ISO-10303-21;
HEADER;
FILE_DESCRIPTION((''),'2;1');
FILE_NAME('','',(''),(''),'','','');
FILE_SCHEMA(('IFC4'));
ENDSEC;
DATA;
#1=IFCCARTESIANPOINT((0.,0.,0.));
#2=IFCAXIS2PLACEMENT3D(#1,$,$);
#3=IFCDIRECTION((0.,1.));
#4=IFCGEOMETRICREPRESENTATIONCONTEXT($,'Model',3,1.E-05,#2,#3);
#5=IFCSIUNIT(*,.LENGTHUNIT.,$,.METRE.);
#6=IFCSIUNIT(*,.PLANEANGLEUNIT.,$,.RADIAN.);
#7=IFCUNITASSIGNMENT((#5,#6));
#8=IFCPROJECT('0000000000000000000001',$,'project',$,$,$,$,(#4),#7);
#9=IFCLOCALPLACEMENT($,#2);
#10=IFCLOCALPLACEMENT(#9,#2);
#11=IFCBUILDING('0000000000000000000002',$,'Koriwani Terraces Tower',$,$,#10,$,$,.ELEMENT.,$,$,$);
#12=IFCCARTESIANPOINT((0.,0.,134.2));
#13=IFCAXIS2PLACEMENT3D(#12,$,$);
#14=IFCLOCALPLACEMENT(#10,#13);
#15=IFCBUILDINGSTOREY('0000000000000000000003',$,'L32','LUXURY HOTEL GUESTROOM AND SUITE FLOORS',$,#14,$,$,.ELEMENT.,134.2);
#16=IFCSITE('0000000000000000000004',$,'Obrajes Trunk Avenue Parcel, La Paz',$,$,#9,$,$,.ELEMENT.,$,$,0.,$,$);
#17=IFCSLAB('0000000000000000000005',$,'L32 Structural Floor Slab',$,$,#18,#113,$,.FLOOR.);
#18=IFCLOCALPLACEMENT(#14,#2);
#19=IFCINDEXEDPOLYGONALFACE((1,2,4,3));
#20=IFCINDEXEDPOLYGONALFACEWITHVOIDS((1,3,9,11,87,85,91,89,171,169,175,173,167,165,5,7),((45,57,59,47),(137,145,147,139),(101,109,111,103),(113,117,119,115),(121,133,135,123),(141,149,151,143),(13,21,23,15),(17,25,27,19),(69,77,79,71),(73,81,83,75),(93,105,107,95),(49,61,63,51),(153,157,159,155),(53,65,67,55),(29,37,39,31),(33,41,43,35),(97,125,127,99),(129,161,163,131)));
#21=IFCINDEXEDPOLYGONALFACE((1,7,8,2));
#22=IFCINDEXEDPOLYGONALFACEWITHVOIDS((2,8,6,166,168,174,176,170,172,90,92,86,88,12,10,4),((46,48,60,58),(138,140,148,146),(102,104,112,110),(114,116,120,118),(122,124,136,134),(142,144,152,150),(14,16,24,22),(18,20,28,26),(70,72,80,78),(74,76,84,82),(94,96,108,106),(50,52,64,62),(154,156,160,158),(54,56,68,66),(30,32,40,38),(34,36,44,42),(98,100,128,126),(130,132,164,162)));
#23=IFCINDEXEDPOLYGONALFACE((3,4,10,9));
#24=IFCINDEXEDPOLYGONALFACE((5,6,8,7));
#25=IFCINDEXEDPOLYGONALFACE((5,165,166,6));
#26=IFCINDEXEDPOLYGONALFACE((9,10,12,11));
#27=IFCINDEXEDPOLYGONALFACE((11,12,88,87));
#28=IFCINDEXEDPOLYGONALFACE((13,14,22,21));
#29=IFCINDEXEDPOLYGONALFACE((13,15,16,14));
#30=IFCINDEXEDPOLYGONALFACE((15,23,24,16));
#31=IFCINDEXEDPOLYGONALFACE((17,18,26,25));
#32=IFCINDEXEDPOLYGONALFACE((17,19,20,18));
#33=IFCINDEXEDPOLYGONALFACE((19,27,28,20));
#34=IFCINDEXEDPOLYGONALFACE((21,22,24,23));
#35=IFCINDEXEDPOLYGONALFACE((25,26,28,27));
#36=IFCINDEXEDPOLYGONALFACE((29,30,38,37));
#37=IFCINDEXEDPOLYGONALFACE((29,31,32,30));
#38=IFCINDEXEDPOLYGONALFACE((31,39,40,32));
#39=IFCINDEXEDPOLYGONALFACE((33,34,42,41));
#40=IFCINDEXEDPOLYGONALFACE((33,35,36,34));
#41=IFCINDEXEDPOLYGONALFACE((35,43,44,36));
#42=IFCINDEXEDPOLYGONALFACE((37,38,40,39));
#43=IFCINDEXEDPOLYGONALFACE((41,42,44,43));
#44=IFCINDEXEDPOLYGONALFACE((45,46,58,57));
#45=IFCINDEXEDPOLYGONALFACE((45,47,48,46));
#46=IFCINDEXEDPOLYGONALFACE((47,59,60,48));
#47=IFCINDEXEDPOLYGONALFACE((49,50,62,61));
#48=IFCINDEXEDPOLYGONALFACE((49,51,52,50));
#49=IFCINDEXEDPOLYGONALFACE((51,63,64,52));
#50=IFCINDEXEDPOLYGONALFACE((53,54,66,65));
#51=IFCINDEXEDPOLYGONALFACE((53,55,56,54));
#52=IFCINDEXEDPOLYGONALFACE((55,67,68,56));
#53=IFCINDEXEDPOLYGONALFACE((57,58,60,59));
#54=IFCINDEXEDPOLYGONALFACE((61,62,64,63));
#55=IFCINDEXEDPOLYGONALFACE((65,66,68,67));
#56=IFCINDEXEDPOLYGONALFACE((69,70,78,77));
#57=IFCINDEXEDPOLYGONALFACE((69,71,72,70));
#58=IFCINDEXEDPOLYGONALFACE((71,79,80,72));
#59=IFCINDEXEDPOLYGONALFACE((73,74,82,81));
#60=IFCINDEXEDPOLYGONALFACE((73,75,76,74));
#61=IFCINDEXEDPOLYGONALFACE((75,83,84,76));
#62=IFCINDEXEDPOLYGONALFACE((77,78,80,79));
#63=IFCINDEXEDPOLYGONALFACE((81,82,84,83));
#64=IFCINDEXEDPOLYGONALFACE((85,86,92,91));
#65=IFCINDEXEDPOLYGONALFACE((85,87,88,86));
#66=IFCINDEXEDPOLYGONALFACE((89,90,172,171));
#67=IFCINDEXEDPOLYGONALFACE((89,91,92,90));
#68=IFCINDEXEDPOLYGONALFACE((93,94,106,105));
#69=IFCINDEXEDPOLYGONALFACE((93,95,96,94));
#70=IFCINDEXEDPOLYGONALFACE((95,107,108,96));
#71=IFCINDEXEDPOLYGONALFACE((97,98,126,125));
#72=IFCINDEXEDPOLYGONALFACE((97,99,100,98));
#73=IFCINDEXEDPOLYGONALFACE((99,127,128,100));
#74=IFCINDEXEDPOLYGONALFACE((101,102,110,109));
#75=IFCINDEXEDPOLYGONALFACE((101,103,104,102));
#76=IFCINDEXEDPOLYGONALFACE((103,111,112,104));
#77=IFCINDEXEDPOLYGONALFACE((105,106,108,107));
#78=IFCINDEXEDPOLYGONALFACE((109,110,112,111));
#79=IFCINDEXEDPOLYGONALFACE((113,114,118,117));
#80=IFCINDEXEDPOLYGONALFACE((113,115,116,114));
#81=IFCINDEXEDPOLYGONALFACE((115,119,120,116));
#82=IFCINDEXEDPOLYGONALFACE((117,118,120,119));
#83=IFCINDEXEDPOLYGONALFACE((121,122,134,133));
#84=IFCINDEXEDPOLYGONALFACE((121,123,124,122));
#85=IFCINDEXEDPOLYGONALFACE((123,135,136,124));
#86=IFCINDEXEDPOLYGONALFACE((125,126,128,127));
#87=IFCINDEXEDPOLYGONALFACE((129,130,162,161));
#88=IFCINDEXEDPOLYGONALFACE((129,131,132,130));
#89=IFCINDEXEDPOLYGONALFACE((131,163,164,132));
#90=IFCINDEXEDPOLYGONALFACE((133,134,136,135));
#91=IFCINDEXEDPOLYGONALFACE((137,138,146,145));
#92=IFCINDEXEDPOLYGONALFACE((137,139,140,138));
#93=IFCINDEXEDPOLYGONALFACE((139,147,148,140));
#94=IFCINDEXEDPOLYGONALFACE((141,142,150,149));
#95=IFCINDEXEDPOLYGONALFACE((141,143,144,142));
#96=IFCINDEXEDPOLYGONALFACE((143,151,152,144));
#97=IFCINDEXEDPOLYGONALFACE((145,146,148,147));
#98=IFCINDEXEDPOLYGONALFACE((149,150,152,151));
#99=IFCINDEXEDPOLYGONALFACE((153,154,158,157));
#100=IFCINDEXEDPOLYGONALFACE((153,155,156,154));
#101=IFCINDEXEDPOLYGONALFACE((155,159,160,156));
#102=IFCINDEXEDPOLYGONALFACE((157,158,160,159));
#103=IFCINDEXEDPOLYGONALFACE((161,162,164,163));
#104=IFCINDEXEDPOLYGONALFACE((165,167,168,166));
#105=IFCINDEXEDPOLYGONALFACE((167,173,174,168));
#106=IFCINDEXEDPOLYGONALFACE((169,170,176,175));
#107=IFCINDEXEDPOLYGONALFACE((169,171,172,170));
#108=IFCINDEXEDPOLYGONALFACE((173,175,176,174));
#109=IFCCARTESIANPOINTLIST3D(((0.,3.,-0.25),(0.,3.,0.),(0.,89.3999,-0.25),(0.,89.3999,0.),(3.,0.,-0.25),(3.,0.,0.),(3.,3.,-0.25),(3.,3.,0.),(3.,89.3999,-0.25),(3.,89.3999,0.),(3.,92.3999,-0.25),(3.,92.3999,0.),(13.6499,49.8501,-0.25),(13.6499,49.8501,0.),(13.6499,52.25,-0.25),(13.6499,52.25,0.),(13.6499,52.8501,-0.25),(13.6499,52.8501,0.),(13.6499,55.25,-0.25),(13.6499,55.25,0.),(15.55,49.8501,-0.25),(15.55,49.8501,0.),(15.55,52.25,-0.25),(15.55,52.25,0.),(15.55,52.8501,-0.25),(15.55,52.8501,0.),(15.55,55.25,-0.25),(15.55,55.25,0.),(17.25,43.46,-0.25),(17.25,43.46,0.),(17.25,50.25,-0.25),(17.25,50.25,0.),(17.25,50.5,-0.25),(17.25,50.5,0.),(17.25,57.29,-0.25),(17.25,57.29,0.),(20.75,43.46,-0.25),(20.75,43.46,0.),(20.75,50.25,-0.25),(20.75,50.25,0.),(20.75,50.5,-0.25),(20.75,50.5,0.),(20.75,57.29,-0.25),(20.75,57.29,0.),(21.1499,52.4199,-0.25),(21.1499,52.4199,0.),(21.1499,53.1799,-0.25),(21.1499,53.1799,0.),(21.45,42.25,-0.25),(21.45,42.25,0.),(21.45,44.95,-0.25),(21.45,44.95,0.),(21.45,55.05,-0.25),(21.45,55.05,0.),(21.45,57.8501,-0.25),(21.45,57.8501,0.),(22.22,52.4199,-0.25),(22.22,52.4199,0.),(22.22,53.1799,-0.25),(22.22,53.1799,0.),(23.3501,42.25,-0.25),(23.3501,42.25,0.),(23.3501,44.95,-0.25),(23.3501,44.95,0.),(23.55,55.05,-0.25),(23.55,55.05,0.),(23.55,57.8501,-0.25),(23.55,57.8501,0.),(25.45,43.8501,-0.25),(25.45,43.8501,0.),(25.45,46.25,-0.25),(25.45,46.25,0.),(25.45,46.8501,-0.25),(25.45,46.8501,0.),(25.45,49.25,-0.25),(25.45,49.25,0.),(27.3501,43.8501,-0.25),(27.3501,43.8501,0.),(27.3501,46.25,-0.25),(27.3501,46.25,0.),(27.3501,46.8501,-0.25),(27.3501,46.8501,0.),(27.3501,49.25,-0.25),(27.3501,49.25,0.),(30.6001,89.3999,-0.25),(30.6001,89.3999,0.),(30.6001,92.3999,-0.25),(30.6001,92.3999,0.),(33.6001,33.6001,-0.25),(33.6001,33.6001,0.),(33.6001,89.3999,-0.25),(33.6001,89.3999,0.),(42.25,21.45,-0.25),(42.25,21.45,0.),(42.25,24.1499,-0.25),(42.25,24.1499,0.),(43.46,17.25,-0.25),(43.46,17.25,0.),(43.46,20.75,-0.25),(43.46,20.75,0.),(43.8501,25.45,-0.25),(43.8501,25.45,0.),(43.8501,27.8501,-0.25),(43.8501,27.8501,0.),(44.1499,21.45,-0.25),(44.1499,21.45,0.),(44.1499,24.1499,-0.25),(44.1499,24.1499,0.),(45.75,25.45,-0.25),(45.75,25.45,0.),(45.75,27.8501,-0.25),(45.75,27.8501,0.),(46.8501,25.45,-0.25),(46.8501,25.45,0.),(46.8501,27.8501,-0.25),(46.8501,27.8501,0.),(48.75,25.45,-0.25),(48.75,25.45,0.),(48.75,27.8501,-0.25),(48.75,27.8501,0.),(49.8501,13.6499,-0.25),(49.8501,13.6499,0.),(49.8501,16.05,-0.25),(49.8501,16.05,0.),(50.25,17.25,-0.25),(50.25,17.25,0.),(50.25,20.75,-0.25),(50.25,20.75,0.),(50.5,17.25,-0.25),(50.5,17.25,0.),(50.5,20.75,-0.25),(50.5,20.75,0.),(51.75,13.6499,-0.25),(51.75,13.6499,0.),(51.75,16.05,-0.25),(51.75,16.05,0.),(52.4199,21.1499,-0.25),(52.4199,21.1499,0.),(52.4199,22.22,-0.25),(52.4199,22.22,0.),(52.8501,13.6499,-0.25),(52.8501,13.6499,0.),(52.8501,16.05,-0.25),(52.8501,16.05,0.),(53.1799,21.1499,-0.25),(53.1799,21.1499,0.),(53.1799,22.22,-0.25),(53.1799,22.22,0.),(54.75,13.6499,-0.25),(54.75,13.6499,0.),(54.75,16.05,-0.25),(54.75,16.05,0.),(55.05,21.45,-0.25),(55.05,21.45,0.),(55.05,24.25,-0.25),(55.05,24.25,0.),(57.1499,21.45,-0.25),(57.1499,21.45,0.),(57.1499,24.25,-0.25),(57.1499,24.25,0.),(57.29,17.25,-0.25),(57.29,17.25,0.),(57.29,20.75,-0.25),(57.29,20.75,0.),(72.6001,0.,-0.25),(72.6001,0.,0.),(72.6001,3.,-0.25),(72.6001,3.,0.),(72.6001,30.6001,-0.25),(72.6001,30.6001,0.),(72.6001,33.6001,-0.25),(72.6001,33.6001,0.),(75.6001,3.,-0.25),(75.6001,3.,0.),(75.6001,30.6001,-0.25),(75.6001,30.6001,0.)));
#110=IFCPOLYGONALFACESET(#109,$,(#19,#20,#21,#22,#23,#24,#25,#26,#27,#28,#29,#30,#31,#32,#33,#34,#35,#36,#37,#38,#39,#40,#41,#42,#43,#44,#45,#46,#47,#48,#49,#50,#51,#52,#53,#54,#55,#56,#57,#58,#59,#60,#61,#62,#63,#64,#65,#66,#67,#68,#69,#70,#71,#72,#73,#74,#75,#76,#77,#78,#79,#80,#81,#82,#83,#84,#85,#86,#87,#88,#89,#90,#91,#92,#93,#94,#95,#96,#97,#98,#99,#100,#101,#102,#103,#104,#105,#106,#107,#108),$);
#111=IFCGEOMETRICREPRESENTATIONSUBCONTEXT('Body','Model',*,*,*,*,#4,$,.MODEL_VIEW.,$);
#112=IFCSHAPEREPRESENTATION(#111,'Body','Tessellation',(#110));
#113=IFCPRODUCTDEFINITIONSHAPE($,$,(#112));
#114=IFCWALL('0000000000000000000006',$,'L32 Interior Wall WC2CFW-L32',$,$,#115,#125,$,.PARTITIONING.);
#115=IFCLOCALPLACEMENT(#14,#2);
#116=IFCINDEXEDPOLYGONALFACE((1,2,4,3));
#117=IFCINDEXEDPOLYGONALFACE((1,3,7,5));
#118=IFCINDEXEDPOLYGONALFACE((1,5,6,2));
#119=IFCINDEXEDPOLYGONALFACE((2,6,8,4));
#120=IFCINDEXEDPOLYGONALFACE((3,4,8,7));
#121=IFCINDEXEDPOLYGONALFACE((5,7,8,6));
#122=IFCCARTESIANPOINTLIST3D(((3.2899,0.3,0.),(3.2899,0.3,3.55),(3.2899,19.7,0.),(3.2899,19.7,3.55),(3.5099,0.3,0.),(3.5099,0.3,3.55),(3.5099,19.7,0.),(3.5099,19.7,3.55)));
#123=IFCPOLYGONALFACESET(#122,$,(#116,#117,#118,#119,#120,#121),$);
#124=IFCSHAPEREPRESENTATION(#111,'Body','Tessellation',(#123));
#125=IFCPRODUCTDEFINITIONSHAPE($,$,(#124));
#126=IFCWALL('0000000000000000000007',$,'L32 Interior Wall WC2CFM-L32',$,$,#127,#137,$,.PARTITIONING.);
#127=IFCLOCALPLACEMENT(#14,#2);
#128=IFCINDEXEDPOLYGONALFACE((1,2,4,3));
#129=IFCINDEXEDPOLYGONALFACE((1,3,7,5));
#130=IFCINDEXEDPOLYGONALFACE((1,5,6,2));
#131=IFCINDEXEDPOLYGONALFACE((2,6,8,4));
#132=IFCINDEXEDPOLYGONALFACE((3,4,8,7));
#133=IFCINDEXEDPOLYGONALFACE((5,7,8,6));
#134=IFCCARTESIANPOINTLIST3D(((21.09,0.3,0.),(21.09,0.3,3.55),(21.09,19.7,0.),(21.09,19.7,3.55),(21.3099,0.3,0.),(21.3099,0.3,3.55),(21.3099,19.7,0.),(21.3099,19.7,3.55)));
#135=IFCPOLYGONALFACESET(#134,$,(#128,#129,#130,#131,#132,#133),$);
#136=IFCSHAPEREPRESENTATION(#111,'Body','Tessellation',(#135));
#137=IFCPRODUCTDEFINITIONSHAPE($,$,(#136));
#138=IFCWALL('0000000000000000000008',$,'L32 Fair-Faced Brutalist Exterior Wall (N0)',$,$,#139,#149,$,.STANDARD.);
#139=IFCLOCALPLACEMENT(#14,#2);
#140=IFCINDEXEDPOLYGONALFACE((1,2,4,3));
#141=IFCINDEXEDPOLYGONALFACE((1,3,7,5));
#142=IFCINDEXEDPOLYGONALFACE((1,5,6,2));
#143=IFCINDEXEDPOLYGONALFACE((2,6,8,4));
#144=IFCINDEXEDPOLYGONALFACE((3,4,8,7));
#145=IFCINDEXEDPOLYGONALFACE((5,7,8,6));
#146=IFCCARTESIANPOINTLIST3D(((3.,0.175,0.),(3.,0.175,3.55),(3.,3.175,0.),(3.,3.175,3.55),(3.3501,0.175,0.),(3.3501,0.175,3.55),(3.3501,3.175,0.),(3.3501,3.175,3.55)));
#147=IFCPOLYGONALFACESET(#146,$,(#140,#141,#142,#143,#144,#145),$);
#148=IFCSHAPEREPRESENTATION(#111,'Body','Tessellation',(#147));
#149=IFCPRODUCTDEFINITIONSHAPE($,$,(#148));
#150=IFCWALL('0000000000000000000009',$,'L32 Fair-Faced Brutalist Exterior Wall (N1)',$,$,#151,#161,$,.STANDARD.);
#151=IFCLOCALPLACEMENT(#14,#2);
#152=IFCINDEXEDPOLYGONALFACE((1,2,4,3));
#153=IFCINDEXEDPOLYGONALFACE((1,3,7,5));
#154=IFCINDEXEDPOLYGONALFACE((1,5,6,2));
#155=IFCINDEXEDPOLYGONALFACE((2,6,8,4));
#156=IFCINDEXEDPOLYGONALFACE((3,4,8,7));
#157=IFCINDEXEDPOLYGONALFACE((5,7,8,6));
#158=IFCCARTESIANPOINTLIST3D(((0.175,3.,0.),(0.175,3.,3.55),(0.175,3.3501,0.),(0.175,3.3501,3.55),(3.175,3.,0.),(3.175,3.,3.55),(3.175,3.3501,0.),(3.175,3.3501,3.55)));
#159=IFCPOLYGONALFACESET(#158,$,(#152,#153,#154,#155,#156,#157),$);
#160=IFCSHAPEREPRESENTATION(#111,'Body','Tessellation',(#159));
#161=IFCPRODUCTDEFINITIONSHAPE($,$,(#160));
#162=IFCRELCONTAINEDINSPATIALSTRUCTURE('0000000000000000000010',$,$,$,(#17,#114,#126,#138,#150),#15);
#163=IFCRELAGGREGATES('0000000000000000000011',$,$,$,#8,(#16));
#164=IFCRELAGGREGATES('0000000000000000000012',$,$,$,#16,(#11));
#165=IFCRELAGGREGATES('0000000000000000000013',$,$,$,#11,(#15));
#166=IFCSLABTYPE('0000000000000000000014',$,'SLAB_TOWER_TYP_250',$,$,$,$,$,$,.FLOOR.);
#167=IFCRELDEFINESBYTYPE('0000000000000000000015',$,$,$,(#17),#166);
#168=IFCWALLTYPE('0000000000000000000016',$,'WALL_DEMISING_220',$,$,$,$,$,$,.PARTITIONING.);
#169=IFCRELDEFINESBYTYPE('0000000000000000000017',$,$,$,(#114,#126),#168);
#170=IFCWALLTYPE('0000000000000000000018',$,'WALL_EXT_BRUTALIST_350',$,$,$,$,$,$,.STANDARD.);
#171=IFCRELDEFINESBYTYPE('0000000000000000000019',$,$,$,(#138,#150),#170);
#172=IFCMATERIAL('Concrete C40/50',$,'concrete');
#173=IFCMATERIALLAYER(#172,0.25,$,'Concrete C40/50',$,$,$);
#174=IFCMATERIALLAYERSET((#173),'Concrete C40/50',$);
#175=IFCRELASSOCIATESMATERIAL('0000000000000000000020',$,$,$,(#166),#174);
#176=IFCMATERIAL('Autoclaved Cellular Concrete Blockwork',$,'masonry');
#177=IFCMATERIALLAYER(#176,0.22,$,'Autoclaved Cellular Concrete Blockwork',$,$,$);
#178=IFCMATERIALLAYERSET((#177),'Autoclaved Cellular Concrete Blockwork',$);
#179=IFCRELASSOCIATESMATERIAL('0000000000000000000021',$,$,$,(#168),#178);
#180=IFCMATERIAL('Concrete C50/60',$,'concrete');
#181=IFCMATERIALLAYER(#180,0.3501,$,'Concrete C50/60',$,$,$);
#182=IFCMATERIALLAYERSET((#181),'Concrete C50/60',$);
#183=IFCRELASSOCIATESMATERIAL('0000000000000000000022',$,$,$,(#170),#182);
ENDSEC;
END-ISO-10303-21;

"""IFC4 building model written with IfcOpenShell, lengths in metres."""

from ifc_helpers import new_model, si_unit, direction, frame, frame_2d, origin, place, context, subcontext, project, spatial, polyline, rectangle, outline, extrude, material, layer, layer_set, type_object, element, save


model = new_model("IFC4")

# Units and contexts
model_context = context("Model", 3, precision=1e-05, world=origin(), true_north=direction((0.0, 1.0)))
body_context = subcontext(model_context, "Body", "Model", "MODEL_VIEW")
ifc_project = project(units=[si_unit("LENGTHUNIT", "METRE"), si_unit("PLANEANGLEUNIT", "RADIAN")], contexts=[model_context])

# Site, building, storey
site_placement = place(None, origin())
site = spatial("IfcSite", under=ifc_project, at=site_placement, Name="Obrajes Trunk Avenue Parcel, La Paz", CompositionType="ELEMENT", RefElevation=0.0)
building_placement = place(site_placement, origin())
building = spatial("IfcBuilding", under=site, at=building_placement, Name="Koriwani Terraces Tower", CompositionType="ELEMENT")
storey_placement = place(building_placement, frame((0.0, 0.0, 134.2)))
storey = spatial("IfcBuildingStorey", under=building, at=storey_placement, Name="L32", Description="LUXURY HOTEL GUESTROOM AND SUITE FLOORS", CompositionType="ELEMENT", Elevation=134.2)

# Shared definitions
ifc_material_1 = material(Name="Concrete C40/50", Category="concrete")
ifc_material_2 = material(Name="Concrete C50/60", Category="concrete")

# Slab
ifc_layer_1 = layer(ifc_material_1, 0.25, Name="Concrete C40/50")
ifc_layer_set_1 = layer_set([ifc_layer_1], Name="Concrete C40/50")
slab_type_1 = type_object("IfcSlabType", Name="SLAB_TOWER_TYP_250", PredefinedType="FLOOR", material=ifc_layer_set_1)
slab_1_placement = place(storey_placement, frame((0.0, 0.0, -0.25)))
element("IfcSlab", 1, at=slab_1_placement, inside=storey, type_object=slab_type_1, Name="L32 Structural Floor Slab", PredefinedType="FLOOR", context=body_context, shape_type="SweptSolid", body=[
    extrude(outline(polyline([(3.0, 0.0), (72.6001, 0.0), (72.6001, 3.0), (75.6001, 3.0), (75.6001, 30.6001), (72.6001, 30.6001), (72.6001, 33.6001), (33.6001, 33.6001), (33.6001, 89.3999), (30.6001, 89.3999), (30.6001, 92.3999), (3.0, 92.3999), (3.0, 89.3999), (0.0, 89.3999), (0.0, 3.0), (3.0, 3.0), (3.0, 0.0)]), holes=[polyline([(17.25, 43.46), (20.75, 43.46), (20.75, 50.25), (17.25, 50.25), (17.25, 43.46)]), polyline([(17.25, 50.5), (20.75, 50.5), (20.75, 57.29), (17.25, 57.29), (17.25, 50.5)]), polyline([(43.46, 17.25), (50.25, 17.25), (50.25, 20.75), (43.46, 20.75), (43.46, 17.25)]), polyline([(50.5, 17.25), (57.29, 17.25), (57.29, 20.75), (50.5, 20.75), (50.5, 17.25)]), polyline([(13.6499, 49.8501), (15.55, 49.8501), (15.55, 52.25), (13.6499, 52.25), (13.6499, 49.8501)]), polyline([(13.6499, 52.8501), (15.55, 52.8501), (15.55, 55.25), (13.6499, 55.25), (13.6499, 52.8501)]), polyline([(49.8501, 13.6499), (51.75, 13.6499), (51.75, 16.05), (49.8501, 16.05), (49.8501, 13.6499)]), polyline([(52.8501, 13.6499), (54.75, 13.6499), (54.75, 16.05), (52.8501, 16.05), (52.8501, 13.6499)]), polyline([(25.45, 43.8501), (27.3501, 43.8501), (27.3501, 46.25), (25.45, 46.25), (25.45, 43.8501)]), polyline([(25.45, 46.8501), (27.3501, 46.8501), (27.3501, 49.25), (25.45, 49.25), (25.45, 46.8501)]), polyline([(43.8501, 25.45), (45.75, 25.45), (45.75, 27.8501), (43.8501, 27.8501), (43.8501, 25.45)]), polyline([(46.8501, 25.45), (48.75, 25.45), (48.75, 27.8501), (46.8501, 27.8501), (46.8501, 25.45)]), polyline([(21.45, 55.05), (23.55, 55.05), (23.55, 57.8501), (21.45, 57.8501), (21.45, 55.05)]), polyline([(55.05, 21.45), (57.1499, 21.45), (57.1499, 24.25), (55.05, 24.25), (55.05, 21.45)]), polyline([(21.45, 42.25), (23.3501, 42.25), (23.3501, 44.95), (21.45, 44.95), (21.45, 42.25)]), polyline([(42.25, 21.45), (44.1499, 21.45), (44.1499, 24.1499), (42.25, 24.1499), (42.25, 21.45)]), polyline([(21.1499, 52.4199), (22.22, 52.4199), (22.22, 53.1799), (21.1499, 53.1799), (21.1499, 52.4199)]), polyline([(52.4199, 21.1499), (53.1799, 21.1499), (53.1799, 22.22), (52.4199, 22.22), (52.4199, 21.1499)])]), origin(), (0.0, 0.0, 1.0), 0.25),
])

# Walls
ifc_material_3 = material(Name="Autoclaved Cellular Concrete Blockwork", Category="masonry")
ifc_layer_2 = layer(ifc_material_3, 0.22, Name="Autoclaved Cellular Concrete Blockwork")
ifc_layer_set_2 = layer_set([ifc_layer_2], Name="Autoclaved Cellular Concrete Blockwork")
wall_type_1 = type_object("IfcWallType", Name="WALL_DEMISING_220", PredefinedType="PARTITIONING", material=ifc_layer_set_2)
for number, where, z_axis, x_axis, name in (
    (2, (3.3999, 0.3, 0.0), (0.0, 0.0, 1.0), (0.0, 1.0, 0.0), "L32 Interior Wall WC2CFW-L32"),
    (3, (21.2, 0.3, 0.0), (0.0, 0.0, 1.0), (0.0, 1.0, 0.0), "L32 Interior Wall WC2CFM-L32"),
):
    element("IfcWall", number, at=place(storey_placement, frame(where, z_axis=z_axis, x_axis=x_axis)), inside=storey, type_object=wall_type_1, Name=name, PredefinedType="PARTITIONING", context=body_context, shape_type="SweptSolid", body=[
        extrude(rectangle(XDim=19.3999, YDim=0.22, at=frame_2d((9.7, 0.0))), origin(), (0.0, 0.0, 1.0), 3.55),
    ])
ifc_layer_3 = layer(ifc_material_2, 0.3501, Name="Concrete C50/60")
ifc_layer_set_3 = layer_set([ifc_layer_3], Name="Concrete C50/60")
wall_type_2 = type_object("IfcWallType", Name="WALL_EXT_BRUTALIST_350", PredefinedType="STANDARD", material=ifc_layer_set_3)
for number, where, z_axis, x_axis, name in (
    (4, (3.175, 0.175, 0.0), (0.0, 0.0, 1.0), (0.0, 1.0, 0.0), "L32 Fair-Faced Brutalist Exterior Wall (N0)"),
    (5, (3.175, 3.175, 0.0), (0.0, 0.0, 1.0), (-1.0, 0.0, 0.0), "L32 Fair-Faced Brutalist Exterior Wall (N1)"),
):
    element("IfcWall", number, at=place(storey_placement, frame(where, z_axis=z_axis, x_axis=x_axis)), inside=storey, type_object=wall_type_2, Name=name, PredefinedType="STANDARD", context=body_context, shape_type="SweptSolid", body=[
        extrude(rectangle(XDim=3.0, YDim=0.3501, at=frame_2d((1.5, 0.0))), origin(), (0.0, 0.0, 1.0), 3.55),
    ])

save(model, "model.ifc")
